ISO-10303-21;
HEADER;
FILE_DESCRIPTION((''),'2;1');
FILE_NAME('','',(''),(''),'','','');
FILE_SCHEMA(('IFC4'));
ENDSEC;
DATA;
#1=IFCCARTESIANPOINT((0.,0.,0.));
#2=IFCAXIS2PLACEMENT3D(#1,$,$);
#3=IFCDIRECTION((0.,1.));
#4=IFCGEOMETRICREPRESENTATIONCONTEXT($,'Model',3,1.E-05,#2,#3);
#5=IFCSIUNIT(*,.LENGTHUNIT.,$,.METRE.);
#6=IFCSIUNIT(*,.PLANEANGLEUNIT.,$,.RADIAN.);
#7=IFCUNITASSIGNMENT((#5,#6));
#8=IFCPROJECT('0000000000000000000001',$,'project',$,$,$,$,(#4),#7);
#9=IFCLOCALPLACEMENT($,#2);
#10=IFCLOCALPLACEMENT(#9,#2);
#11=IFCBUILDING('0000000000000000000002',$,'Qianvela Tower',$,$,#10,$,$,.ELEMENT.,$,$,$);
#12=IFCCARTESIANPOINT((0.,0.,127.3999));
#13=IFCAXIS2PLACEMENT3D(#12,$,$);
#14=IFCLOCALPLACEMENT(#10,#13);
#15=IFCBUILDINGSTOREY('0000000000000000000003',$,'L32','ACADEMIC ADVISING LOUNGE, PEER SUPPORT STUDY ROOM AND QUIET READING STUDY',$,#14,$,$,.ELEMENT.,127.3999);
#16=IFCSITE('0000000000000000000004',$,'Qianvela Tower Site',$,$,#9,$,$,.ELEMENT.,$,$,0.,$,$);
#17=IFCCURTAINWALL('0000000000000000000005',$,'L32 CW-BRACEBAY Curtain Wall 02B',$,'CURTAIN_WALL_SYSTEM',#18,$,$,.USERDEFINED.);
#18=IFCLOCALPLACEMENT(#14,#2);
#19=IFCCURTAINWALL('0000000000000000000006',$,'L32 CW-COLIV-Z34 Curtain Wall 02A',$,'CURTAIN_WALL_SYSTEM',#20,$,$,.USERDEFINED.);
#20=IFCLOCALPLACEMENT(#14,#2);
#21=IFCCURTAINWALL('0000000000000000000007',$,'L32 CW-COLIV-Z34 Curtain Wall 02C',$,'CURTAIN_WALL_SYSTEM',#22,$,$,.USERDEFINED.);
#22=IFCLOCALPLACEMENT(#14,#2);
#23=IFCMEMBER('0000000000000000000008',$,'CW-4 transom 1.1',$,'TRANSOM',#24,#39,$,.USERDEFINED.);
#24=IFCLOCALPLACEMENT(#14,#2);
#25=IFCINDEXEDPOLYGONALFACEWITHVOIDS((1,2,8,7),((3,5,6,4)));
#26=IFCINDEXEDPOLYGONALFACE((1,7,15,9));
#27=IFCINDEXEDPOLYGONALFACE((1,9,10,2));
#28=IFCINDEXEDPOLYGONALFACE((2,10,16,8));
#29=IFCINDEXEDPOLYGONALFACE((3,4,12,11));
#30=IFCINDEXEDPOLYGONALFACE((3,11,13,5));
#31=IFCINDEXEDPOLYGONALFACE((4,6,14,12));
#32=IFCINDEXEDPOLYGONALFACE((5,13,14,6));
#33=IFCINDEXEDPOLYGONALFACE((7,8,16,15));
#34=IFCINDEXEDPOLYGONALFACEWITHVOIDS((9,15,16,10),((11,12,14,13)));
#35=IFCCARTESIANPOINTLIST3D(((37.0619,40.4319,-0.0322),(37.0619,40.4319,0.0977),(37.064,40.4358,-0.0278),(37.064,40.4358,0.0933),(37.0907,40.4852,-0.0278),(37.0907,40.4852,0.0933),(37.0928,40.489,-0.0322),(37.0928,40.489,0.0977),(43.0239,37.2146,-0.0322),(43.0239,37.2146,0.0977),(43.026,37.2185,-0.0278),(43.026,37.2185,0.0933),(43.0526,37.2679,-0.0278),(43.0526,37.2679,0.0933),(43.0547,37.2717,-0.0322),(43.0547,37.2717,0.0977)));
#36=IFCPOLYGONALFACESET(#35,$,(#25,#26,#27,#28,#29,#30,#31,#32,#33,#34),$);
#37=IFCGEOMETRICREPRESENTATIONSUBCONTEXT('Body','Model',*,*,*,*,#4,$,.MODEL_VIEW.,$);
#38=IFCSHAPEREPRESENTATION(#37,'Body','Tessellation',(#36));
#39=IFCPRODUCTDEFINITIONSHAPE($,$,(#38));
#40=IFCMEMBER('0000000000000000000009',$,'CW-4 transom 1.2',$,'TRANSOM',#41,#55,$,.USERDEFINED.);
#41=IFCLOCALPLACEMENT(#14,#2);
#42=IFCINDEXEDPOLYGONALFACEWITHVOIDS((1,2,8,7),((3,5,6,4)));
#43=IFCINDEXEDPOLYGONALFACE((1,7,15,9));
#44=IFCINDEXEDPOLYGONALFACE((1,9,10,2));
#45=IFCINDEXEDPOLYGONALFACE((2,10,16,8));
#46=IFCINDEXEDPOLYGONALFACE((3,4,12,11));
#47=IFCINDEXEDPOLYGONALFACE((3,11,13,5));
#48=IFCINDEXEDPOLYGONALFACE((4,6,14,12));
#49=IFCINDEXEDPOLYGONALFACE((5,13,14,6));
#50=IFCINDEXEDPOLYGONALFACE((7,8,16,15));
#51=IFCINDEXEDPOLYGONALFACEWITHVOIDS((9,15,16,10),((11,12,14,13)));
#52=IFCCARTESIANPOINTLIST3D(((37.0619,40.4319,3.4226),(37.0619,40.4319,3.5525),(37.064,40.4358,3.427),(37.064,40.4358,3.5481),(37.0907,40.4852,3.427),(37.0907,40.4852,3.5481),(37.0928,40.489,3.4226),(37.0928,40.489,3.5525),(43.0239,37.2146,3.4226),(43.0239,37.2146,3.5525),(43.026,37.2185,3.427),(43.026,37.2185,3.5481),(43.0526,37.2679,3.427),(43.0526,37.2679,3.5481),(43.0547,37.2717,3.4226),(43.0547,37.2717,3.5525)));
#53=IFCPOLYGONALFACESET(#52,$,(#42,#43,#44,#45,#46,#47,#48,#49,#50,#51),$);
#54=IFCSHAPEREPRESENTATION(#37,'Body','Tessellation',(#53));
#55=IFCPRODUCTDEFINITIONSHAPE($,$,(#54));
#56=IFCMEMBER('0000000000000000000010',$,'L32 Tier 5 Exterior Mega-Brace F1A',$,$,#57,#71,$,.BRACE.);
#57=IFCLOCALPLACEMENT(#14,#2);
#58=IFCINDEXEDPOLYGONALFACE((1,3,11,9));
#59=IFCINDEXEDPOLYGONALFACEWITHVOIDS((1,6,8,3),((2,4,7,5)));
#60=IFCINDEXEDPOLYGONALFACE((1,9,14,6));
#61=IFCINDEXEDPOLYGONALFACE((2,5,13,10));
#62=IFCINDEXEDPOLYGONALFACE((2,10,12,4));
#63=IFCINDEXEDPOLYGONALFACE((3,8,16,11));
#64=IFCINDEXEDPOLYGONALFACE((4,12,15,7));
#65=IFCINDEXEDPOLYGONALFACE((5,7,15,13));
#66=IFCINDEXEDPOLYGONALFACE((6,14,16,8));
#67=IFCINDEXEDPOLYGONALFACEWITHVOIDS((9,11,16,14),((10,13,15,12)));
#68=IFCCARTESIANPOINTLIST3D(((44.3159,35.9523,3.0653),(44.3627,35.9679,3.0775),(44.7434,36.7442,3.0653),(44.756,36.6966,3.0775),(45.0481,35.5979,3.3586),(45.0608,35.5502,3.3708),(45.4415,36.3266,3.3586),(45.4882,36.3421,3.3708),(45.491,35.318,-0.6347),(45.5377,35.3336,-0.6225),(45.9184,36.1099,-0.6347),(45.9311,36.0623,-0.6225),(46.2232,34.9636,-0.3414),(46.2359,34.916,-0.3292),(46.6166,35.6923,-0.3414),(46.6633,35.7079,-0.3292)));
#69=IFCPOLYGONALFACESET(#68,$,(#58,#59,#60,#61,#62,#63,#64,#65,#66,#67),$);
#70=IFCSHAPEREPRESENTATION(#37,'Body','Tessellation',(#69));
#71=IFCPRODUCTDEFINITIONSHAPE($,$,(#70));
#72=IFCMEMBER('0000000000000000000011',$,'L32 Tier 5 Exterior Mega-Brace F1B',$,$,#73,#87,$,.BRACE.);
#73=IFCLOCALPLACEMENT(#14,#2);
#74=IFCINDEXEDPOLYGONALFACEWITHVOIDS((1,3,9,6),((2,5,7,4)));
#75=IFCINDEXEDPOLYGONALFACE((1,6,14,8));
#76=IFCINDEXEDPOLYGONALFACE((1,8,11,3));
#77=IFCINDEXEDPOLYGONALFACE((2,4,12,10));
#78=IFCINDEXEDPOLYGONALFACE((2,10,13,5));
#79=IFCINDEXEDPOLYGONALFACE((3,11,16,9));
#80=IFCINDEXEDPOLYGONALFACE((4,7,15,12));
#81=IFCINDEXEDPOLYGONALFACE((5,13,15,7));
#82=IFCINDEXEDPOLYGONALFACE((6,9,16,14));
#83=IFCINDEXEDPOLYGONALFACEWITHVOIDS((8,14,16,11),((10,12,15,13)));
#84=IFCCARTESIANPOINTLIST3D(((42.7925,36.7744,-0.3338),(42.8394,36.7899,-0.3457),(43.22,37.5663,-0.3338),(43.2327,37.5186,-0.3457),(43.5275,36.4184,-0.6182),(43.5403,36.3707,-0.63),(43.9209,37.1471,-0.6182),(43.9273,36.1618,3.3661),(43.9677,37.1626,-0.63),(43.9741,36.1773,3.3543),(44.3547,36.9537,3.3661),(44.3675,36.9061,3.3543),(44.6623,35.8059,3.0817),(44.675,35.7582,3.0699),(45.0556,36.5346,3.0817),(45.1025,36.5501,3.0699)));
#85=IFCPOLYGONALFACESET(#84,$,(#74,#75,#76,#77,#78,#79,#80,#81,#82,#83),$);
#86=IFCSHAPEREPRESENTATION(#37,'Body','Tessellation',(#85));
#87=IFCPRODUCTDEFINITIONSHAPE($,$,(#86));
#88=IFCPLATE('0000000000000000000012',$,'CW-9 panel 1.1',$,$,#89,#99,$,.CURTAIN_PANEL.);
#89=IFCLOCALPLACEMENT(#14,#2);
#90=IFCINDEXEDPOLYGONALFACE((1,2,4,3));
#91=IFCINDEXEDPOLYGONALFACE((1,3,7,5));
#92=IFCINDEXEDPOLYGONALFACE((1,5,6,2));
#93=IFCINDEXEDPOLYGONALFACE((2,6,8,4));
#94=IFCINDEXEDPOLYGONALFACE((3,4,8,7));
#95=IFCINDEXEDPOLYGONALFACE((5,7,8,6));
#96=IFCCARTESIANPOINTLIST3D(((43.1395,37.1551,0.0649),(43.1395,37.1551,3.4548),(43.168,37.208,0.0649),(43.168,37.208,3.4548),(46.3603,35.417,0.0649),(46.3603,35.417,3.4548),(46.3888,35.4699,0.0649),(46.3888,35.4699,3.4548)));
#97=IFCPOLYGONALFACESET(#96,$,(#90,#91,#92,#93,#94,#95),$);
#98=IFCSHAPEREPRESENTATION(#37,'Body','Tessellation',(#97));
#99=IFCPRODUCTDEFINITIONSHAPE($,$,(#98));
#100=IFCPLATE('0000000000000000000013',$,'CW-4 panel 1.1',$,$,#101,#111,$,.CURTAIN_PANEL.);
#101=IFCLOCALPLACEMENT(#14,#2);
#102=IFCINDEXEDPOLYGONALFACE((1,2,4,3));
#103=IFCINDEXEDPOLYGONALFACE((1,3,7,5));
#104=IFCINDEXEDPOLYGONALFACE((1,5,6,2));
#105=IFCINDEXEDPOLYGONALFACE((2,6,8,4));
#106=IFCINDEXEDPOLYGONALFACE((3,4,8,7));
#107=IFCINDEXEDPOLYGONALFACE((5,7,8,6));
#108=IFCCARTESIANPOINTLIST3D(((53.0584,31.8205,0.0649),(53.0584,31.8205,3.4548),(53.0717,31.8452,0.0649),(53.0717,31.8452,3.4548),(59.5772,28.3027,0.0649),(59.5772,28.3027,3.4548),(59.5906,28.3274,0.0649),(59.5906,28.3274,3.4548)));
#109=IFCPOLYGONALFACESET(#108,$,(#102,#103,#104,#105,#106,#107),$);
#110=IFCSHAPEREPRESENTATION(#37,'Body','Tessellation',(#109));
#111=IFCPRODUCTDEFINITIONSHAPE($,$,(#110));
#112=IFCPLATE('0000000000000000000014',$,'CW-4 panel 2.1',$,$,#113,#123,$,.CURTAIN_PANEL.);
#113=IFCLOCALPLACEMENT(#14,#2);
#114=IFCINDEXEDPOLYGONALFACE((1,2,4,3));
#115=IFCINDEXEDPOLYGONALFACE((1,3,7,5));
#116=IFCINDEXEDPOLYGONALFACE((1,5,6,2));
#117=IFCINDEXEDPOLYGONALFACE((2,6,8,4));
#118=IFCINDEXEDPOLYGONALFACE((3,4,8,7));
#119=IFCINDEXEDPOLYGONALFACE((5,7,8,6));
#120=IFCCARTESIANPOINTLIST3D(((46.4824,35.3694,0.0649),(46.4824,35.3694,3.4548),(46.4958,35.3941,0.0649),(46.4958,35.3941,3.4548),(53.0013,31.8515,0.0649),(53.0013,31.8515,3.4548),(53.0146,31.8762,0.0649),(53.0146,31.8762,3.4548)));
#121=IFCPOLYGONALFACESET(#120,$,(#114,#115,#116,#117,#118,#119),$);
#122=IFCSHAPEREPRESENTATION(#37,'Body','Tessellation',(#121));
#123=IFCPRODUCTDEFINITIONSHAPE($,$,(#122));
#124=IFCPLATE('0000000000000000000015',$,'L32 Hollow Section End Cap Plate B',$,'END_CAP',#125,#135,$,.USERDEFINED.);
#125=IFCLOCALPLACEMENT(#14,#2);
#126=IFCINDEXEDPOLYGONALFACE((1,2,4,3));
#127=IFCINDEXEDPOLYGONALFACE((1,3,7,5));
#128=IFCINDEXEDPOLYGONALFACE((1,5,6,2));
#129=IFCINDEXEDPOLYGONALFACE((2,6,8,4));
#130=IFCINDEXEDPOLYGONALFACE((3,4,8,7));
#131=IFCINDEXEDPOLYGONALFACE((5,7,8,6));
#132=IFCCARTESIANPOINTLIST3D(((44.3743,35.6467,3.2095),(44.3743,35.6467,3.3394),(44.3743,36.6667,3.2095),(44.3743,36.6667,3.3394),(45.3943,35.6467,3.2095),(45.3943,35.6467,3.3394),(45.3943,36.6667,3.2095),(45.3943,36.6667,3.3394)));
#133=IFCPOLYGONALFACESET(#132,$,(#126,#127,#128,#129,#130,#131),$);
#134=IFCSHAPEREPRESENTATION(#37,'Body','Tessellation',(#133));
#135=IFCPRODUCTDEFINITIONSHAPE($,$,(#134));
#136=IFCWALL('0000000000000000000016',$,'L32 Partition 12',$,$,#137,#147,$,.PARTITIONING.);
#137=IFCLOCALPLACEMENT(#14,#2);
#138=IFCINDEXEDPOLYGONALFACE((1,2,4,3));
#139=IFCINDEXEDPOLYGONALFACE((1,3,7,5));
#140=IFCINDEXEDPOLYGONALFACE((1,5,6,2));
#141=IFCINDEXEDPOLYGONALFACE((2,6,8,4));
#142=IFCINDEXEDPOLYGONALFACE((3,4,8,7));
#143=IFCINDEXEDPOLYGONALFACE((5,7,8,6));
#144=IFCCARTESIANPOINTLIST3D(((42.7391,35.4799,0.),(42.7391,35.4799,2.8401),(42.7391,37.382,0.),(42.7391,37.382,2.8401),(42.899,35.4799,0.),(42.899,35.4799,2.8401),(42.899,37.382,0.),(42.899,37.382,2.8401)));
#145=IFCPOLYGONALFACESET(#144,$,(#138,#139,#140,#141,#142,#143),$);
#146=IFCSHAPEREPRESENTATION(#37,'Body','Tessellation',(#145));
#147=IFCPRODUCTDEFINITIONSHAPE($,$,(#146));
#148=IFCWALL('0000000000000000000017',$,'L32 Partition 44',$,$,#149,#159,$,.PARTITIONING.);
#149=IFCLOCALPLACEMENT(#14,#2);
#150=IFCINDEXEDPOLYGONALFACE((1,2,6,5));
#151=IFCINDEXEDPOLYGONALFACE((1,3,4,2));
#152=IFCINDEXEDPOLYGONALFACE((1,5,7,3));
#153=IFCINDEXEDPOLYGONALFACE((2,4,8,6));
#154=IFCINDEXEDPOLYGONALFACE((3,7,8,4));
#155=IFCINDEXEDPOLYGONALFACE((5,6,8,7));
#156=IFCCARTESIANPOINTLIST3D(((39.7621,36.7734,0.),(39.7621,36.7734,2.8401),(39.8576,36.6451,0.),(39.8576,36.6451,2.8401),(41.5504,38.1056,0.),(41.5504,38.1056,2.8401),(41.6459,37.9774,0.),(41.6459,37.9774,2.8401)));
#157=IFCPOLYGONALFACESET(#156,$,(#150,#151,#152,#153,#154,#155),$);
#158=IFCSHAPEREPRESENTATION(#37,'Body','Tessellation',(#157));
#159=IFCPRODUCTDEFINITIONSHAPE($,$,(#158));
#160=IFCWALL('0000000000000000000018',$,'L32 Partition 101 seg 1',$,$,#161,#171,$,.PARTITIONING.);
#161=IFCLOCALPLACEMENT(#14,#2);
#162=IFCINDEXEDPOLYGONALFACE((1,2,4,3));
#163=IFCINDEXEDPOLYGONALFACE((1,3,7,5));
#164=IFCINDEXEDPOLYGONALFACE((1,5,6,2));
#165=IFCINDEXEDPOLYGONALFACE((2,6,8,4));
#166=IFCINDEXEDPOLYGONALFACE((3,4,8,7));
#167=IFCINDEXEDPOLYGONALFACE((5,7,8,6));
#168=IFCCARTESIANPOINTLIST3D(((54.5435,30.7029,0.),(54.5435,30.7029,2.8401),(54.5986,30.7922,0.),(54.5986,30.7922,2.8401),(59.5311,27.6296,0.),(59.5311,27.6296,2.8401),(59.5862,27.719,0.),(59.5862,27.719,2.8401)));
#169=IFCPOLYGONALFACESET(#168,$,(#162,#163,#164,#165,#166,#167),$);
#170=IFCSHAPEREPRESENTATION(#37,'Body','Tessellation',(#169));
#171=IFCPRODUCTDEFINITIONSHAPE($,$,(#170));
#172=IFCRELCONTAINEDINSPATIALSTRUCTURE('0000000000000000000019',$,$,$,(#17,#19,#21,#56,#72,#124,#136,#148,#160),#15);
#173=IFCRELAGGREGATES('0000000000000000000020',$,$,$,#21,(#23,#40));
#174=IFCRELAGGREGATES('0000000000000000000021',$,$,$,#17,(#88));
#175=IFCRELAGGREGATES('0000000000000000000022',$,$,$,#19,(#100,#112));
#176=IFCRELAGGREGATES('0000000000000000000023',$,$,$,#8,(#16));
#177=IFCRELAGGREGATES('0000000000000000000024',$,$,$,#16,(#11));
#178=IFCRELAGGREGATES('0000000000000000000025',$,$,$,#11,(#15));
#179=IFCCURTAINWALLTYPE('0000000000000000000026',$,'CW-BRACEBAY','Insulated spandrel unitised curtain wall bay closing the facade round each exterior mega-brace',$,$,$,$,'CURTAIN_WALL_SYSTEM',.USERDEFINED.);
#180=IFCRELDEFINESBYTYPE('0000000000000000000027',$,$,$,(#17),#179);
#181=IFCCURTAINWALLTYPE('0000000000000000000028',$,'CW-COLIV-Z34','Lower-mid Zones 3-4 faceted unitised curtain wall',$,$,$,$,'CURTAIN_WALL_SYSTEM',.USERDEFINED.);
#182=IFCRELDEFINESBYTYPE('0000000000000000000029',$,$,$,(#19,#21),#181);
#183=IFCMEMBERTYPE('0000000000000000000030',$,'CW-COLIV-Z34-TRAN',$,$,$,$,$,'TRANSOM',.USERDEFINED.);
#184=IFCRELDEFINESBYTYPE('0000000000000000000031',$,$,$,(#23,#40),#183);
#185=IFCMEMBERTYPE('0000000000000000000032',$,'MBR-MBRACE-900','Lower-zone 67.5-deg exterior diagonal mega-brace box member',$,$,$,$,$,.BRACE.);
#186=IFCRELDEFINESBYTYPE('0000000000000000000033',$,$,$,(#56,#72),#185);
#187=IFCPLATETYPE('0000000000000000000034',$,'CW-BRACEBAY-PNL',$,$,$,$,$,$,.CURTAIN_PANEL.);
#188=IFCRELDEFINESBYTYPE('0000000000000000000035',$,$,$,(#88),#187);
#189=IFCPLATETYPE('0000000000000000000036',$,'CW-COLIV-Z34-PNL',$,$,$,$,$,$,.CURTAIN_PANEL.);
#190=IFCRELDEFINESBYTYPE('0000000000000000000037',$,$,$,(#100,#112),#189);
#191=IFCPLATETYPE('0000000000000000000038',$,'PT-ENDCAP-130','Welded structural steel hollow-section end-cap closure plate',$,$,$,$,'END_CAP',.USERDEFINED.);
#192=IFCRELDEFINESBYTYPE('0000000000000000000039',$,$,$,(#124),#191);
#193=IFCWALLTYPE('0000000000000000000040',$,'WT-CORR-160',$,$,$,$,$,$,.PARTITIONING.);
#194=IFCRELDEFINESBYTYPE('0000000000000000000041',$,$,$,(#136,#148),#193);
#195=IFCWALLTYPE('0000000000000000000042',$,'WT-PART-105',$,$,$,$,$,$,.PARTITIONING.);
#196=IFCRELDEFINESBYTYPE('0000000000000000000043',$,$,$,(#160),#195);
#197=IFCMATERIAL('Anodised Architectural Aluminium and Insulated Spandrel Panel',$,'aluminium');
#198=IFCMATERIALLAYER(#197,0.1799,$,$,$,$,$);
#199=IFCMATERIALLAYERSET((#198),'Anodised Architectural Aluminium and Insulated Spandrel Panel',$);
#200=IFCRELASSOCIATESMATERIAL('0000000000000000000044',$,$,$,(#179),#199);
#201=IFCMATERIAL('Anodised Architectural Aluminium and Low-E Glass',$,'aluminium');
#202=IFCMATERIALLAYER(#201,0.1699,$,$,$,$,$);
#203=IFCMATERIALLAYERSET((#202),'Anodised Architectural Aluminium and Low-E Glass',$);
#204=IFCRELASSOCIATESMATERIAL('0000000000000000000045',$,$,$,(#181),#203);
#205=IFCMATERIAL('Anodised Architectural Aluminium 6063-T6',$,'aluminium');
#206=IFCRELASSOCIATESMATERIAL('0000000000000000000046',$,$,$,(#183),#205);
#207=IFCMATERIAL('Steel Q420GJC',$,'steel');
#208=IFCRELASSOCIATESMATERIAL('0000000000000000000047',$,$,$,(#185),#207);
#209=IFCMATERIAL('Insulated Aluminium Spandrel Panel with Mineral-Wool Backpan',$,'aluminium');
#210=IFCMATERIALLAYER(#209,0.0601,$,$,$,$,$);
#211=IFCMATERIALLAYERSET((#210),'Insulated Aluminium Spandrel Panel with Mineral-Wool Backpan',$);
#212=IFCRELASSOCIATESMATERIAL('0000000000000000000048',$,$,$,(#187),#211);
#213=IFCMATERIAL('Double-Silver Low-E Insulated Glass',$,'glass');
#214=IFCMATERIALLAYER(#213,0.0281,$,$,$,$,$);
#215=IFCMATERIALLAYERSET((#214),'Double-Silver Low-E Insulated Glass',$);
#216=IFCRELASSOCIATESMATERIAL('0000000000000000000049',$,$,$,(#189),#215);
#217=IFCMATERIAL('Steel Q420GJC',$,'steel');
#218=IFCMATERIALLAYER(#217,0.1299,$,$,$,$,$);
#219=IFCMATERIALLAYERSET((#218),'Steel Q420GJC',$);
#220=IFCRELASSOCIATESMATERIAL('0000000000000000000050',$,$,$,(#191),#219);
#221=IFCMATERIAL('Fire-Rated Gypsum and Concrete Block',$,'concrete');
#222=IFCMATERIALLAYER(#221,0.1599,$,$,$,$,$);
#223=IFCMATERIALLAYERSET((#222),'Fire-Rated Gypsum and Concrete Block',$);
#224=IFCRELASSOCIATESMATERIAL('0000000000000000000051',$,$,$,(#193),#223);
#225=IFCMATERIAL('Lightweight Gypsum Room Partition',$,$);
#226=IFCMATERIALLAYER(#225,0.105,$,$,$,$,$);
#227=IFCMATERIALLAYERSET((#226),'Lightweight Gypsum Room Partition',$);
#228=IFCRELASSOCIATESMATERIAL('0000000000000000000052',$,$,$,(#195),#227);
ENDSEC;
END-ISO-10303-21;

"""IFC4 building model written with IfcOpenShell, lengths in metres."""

from ifc_helpers import new_model, si_unit, direction, frame, frame_2d, origin, origin_2d, place, context, subcontext, project, spatial, rectangle, hollow_rectangle, extrude, material, layer, layer_set, material_profile, profile_set, type_object, element, aggregate, save


model = new_model("IFC4")

# Units and contexts
model_context = context("Model", 3, precision=1e-05, world=origin(), true_north=direction((0.0, 1.0)))
body_context = subcontext(model_context, "Body", "Model", "MODEL_VIEW")
ifc_project = project(units=[si_unit("LENGTHUNIT", "METRE"), si_unit("PLANEANGLEUNIT", "RADIAN")], contexts=[model_context])

# Site, building, storey
site_placement = place(None, origin())
site = spatial("IfcSite", under=ifc_project, at=site_placement, Name="Qianvela Tower Site", CompositionType="ELEMENT", RefElevation=0.0)
building_placement = place(site_placement, origin())
building = spatial("IfcBuilding", under=site, at=building_placement, Name="Qianvela Tower", CompositionType="ELEMENT")
storey_placement = place(building_placement, frame((0.0, 0.0, 127.3999)))
storey = spatial("IfcBuildingStorey", under=building, at=storey_placement, Name="L32", Description="ACADEMIC ADVISING LOUNGE, PEER SUPPORT STUDY ROOM AND QUIET READING STUDY", CompositionType="ELEMENT", Elevation=127.3999)

# Curtain walls
ifc_material_1 = material(Name="Anodised Architectural Aluminium and Insulated Spandrel Panel", Category="aluminium")
ifc_layer_1 = layer(ifc_material_1, 0.1799)
ifc_layer_set_1 = layer_set([ifc_layer_1], Name="Anodised Architectural Aluminium and Insulated Spandrel Panel")
curtain_wall_type_1 = type_object("IfcCurtainWallType", Name="CW-BRACEBAY", Description="Insulated spandrel unitised curtain wall bay closing the facade round each exterior mega-brace", ElementType="CURTAIN_WALL_SYSTEM", PredefinedType="USERDEFINED", material=ifc_layer_set_1)
curtain_wall_1_placement = place(storey_placement, origin())
curtain_wall_1 = element("IfcCurtainWall", 1, at=curtain_wall_1_placement, inside=storey, type_object=curtain_wall_type_1, Name="L32 CW-BRACEBAY Curtain Wall 02B", ObjectType="CURTAIN_WALL_SYSTEM", PredefinedType="USERDEFINED")
ifc_material_2 = material(Name="Anodised Architectural Aluminium and Low-E Glass", Category="aluminium")
ifc_layer_2 = layer(ifc_material_2, 0.1699)
ifc_layer_set_2 = layer_set([ifc_layer_2], Name="Anodised Architectural Aluminium and Low-E Glass")
curtain_wall_type_2 = type_object("IfcCurtainWallType", Name="CW-COLIV-Z34", Description="Lower-mid Zones 3-4 faceted unitised curtain wall", ElementType="CURTAIN_WALL_SYSTEM", PredefinedType="USERDEFINED", material=ifc_layer_set_2)
curtain_wall_2_placement = place(storey_placement, origin())
curtain_wall_2 = element("IfcCurtainWall", 2, at=curtain_wall_2_placement, inside=storey, type_object=curtain_wall_type_2, Name="L32 CW-COLIV-Z34 Curtain Wall 02A", ObjectType="CURTAIN_WALL_SYSTEM", PredefinedType="USERDEFINED")

# Curtain wall
curtain_wall_3_placement = place(storey_placement, origin())
curtain_wall_3 = element("IfcCurtainWall", 3, at=curtain_wall_3_placement, inside=storey, type_object=curtain_wall_type_2, Name="L32 CW-COLIV-Z34 Curtain Wall 02C", ObjectType="CURTAIN_WALL_SYSTEM", PredefinedType="USERDEFINED")

# Members
ifc_material_3 = material(Name="Anodised Architectural Aluminium 6063-T6", Category="aluminium")
ifc_material_profile_1 = material_profile(ifc_material_3, hollow_rectangle(XDim=0.0649, YDim=0.1299, WallThickness=0.0044, at=origin_2d()), Name="ALU-TRAN-65x130")
ifc_profile_set_1 = profile_set([ifc_material_profile_1], Name="Anodised Architectural Aluminium 6063-T6")
member_type_1 = type_object("IfcMemberType", Name="CW-COLIV-Z34-TRAN", ElementType="TRANSOM", PredefinedType="USERDEFINED", material=ifc_profile_set_1)
member_1_placement = place(storey_placement, frame((43.0393, 37.2432, 0.0327), z_axis=(-0.880038, 0.474903, 0.0), x_axis=(-0.474903, -0.880038, 0.0)))
member_1 = element("IfcMember", 4, at=member_1_placement, type_object=member_type_1, Name="CW-4 transom 1.1", ObjectType="TRANSOM", PredefinedType="USERDEFINED", context=body_context, shape_type="SweptSolid", body=[
    extrude(hollow_rectangle(XDim=0.0649, YDim=0.1299, WallThickness=0.0044, at=origin_2d()), origin(), (0.0, 0.0, 1.0), 6.7747),
])
member_2_placement = place(storey_placement, frame((43.0393, 37.2432, 3.4875), z_axis=(-0.880038, 0.474903, 0.0), x_axis=(-0.474903, -0.880038, 0.0)))
member_2 = element("IfcMember", 5, at=member_2_placement, type_object=member_type_1, Name="CW-4 transom 1.2", ObjectType="TRANSOM", PredefinedType="USERDEFINED", context=body_context, shape_type="SweptSolid", body=[
    extrude(hollow_rectangle(XDim=0.0649, YDim=0.1299, WallThickness=0.0044, at=origin_2d()), origin(), (0.0, 0.0, 1.0), 6.7747),
])
aggregate(curtain_wall_3, [member_1, member_2])

# Members
ifc_material_4 = material(Name="Steel Q420GJC", Category="steel")
ifc_material_profile_2 = material_profile(ifc_material_4, hollow_rectangle(XDim=0.8999, YDim=0.8999, WallThickness=0.0359, at=origin_2d()), Name="MBOX-900x900x36")
ifc_profile_set_2 = profile_set([ifc_material_profile_2], Name="Steel Q420GJC")
member_type_2 = type_object("IfcMemberType", Name="MBR-MBRACE-900", Description="Lower-zone 67.5-deg exterior diagonal mega-brace box member", PredefinedType="BRACE", material=ifc_profile_set_2)
member_3_placement = place(storey_placement, frame((46.0771, 35.5129, -0.4819), z_axis=(-0.298726, 0.161249, 0.940618), x_axis=(-0.475005, -0.879983, 0.0)))
element("IfcMember", 6, at=member_3_placement, inside=storey, type_object=member_type_2, Name="L32 Tier 5 Exterior Mega-Brace F1A", PredefinedType="BRACE", context=body_context, shape_type="SweptSolid", body=[
    extrude(hollow_rectangle(XDim=0.8999, YDim=0.8999, WallThickness=0.0359, at=origin_2d()), origin(), (0.0, 0.0, 1.0), 3.9336),
])
member_4_placement = place(storey_placement, frame((43.3801, 36.9685, -0.4819), z_axis=(0.289612, -0.156333, 0.944291), x_axis=(0.475014, 0.879978, 0.0)))
element("IfcMember", 7, at=member_4_placement, inside=storey, type_object=member_type_2, Name="L32 Tier 5 Exterior Mega-Brace F1B", PredefinedType="BRACE", context=body_context, shape_type="SweptSolid", body=[
    extrude(hollow_rectangle(XDim=0.8999, YDim=0.8999, WallThickness=0.0359, at=origin_2d()), origin(), (0.0, 0.0, 1.0), 3.9182),
])

# Plates
ifc_material_5 = material(Name="Insulated Aluminium Spandrel Panel with Mineral-Wool Backpan", Category="aluminium")
ifc_layer_3 = layer(ifc_material_5, 0.0601)
ifc_layer_set_3 = layer_set([ifc_layer_3], Name="Insulated Aluminium Spandrel Panel with Mineral-Wool Backpan")
plate_type_1 = type_object("IfcPlateType", Name="CW-BRACEBAY-PNL", PredefinedType="CURTAIN_PANEL", material=ifc_layer_set_3)
plate_1_placement = place(storey_placement, frame((44.7642, 36.3125, 0.0649), z_axis=(0.0, 0.0, 1.0), x_axis=(-0.880034, 0.474912, 0.0)))
plate_1 = element("IfcPlate", 8, at=plate_1_placement, type_object=plate_type_1, Name="CW-9 panel 1.1", PredefinedType="CURTAIN_PANEL", context=body_context, shape_type="SweptSolid", body=[
    extrude(rectangle(XDim=3.6599, YDim=0.0601, at=origin_2d()), origin(), (0.0, 0.0, 1.0), 3.3899),
])
aggregate(curtain_wall_1, [plate_1])
ifc_material_6 = material(Name="Double-Silver Low-E Insulated Glass", Category="glass")
ifc_layer_4 = layer(ifc_material_6, 0.0281)
ifc_layer_set_4 = layer_set([ifc_layer_4], Name="Double-Silver Low-E Insulated Glass")
plate_type_2 = type_object("IfcPlateType", Name="CW-COLIV-Z34-PNL", PredefinedType="CURTAIN_PANEL", material=ifc_layer_set_4)
plate_2_placement = place(storey_placement, frame((56.3245, 30.074, 0.0649), z_axis=(0.0, 0.0, 1.0), x_axis=(-0.880038, 0.474903, 0.0)))
plate_2 = element("IfcPlate", 9, at=plate_2_placement, type_object=plate_type_2, Name="CW-4 panel 1.1", PredefinedType="CURTAIN_PANEL", context=body_context, shape_type="SweptSolid", body=[
    extrude(rectangle(XDim=7.4075, YDim=0.0281, at=origin_2d()), origin(), (0.0, 0.0, 1.0), 3.3899),
])
plate_3_placement = place(storey_placement, frame((49.7485, 33.6228, 0.0649), z_axis=(0.0, 0.0, 1.0), x_axis=(-0.880038, 0.474903, 0.0)))
plate_3 = element("IfcPlate", 10, at=plate_3_placement, type_object=plate_type_2, Name="CW-4 panel 2.1", PredefinedType="CURTAIN_PANEL", context=body_context, shape_type="SweptSolid", body=[
    extrude(rectangle(XDim=7.4075, YDim=0.0281, at=origin_2d()), origin(), (0.0, 0.0, 1.0), 3.3899),
])
aggregate(curtain_wall_2, [plate_2, plate_3])
ifc_material_7 = material(Name="Steel Q420GJC", Category="steel")
ifc_layer_5 = layer(ifc_material_7, 0.1299)
ifc_layer_set_5 = layer_set([ifc_layer_5], Name="Steel Q420GJC")
plate_type_3 = type_object("IfcPlateType", Name="PT-ENDCAP-130", Description="Welded structural steel hollow-section end-cap closure plate", ElementType="END_CAP", PredefinedType="USERDEFINED", material=ifc_layer_set_5)
plate_4_placement = place(storey_placement, frame((44.8843, 36.1567, 3.2095), z_axis=(0.0, 0.0, 1.0), x_axis=(1.0, 0.0, 0.0)))
element("IfcPlate", 11, at=plate_4_placement, inside=storey, type_object=plate_type_3, Name="L32 Hollow Section End Cap Plate B", ObjectType="END_CAP", PredefinedType="USERDEFINED", context=body_context, shape_type="SweptSolid", body=[
    extrude(rectangle(XDim=1.02, YDim=1.02, at=origin_2d()), origin(), (0.0, 0.0, 1.0), 0.1299),
])

# Walls
ifc_material_8 = material(Name="Fire-Rated Gypsum and Concrete Block", Category="concrete")
ifc_layer_6 = layer(ifc_material_8, 0.1599)
ifc_layer_set_6 = layer_set([ifc_layer_6], Name="Fire-Rated Gypsum and Concrete Block")
wall_type_1 = type_object("IfcWallType", Name="WT-CORR-160", PredefinedType="PARTITIONING", material=ifc_layer_set_6)
wall_1_placement = place(storey_placement, frame((42.8191, 37.3821, 0.0), z_axis=(0.0, 0.0, 1.0), x_axis=(0.0, -1.0, 0.0)))
element("IfcWall", 12, at=wall_1_placement, inside=storey, type_object=wall_type_1, Name="L32 Partition 12", PredefinedType="PARTITIONING", context=body_context, shape_type="SweptSolid", body=[
    extrude(rectangle(XDim=1.9021, YDim=0.1599, at=frame_2d((0.9512, 0.0))), origin(), (0.0, 0.0, 1.0), 2.8401),
])
wall_2_placement = place(storey_placement, frame((41.5981, 38.0415, 0.0), z_axis=(0.0, 0.0, 1.0), x_axis=(-0.801927, -0.597422, 0.0)))
element("IfcWall", 13, at=wall_2_placement, inside=storey, type_object=wall_type_1, Name="L32 Partition 44", PredefinedType="PARTITIONING", context=body_context, shape_type="SweptSolid", body=[
    extrude(rectangle(XDim=2.23, YDim=0.1599, at=frame_2d((1.115, 0.0))), origin(), (0.0, 0.0, 1.0), 2.8401),
])
ifc_material_9 = material(Name="Lightweight Gypsum Room Partition")
ifc_layer_7 = layer(ifc_material_9, 0.105)
ifc_layer_set_7 = layer_set([ifc_layer_7], Name="Lightweight Gypsum Room Partition")
wall_type_2 = type_object("IfcWallType", Name="WT-PART-105", PredefinedType="PARTITIONING", material=ifc_layer_set_7)
wall_3_placement = place(storey_placement, frame((54.571, 30.7476, 0.0), z_axis=(0.0, 0.0, 1.0), x_axis=(0.851355, -0.52459, 0.0)))
element("IfcWall", 14, at=wall_3_placement, inside=storey, type_object=wall_type_2, Name="L32 Partition 101 seg 1", PredefinedType="PARTITIONING", context=body_context, shape_type="SweptSolid", body=[
    extrude(rectangle(XDim=5.8584, YDim=0.105, at=frame_2d((2.9292, 0.0))), origin(), (0.0, 0.0, 1.0), 2.8401),
])

save(model, "model.ifc")
